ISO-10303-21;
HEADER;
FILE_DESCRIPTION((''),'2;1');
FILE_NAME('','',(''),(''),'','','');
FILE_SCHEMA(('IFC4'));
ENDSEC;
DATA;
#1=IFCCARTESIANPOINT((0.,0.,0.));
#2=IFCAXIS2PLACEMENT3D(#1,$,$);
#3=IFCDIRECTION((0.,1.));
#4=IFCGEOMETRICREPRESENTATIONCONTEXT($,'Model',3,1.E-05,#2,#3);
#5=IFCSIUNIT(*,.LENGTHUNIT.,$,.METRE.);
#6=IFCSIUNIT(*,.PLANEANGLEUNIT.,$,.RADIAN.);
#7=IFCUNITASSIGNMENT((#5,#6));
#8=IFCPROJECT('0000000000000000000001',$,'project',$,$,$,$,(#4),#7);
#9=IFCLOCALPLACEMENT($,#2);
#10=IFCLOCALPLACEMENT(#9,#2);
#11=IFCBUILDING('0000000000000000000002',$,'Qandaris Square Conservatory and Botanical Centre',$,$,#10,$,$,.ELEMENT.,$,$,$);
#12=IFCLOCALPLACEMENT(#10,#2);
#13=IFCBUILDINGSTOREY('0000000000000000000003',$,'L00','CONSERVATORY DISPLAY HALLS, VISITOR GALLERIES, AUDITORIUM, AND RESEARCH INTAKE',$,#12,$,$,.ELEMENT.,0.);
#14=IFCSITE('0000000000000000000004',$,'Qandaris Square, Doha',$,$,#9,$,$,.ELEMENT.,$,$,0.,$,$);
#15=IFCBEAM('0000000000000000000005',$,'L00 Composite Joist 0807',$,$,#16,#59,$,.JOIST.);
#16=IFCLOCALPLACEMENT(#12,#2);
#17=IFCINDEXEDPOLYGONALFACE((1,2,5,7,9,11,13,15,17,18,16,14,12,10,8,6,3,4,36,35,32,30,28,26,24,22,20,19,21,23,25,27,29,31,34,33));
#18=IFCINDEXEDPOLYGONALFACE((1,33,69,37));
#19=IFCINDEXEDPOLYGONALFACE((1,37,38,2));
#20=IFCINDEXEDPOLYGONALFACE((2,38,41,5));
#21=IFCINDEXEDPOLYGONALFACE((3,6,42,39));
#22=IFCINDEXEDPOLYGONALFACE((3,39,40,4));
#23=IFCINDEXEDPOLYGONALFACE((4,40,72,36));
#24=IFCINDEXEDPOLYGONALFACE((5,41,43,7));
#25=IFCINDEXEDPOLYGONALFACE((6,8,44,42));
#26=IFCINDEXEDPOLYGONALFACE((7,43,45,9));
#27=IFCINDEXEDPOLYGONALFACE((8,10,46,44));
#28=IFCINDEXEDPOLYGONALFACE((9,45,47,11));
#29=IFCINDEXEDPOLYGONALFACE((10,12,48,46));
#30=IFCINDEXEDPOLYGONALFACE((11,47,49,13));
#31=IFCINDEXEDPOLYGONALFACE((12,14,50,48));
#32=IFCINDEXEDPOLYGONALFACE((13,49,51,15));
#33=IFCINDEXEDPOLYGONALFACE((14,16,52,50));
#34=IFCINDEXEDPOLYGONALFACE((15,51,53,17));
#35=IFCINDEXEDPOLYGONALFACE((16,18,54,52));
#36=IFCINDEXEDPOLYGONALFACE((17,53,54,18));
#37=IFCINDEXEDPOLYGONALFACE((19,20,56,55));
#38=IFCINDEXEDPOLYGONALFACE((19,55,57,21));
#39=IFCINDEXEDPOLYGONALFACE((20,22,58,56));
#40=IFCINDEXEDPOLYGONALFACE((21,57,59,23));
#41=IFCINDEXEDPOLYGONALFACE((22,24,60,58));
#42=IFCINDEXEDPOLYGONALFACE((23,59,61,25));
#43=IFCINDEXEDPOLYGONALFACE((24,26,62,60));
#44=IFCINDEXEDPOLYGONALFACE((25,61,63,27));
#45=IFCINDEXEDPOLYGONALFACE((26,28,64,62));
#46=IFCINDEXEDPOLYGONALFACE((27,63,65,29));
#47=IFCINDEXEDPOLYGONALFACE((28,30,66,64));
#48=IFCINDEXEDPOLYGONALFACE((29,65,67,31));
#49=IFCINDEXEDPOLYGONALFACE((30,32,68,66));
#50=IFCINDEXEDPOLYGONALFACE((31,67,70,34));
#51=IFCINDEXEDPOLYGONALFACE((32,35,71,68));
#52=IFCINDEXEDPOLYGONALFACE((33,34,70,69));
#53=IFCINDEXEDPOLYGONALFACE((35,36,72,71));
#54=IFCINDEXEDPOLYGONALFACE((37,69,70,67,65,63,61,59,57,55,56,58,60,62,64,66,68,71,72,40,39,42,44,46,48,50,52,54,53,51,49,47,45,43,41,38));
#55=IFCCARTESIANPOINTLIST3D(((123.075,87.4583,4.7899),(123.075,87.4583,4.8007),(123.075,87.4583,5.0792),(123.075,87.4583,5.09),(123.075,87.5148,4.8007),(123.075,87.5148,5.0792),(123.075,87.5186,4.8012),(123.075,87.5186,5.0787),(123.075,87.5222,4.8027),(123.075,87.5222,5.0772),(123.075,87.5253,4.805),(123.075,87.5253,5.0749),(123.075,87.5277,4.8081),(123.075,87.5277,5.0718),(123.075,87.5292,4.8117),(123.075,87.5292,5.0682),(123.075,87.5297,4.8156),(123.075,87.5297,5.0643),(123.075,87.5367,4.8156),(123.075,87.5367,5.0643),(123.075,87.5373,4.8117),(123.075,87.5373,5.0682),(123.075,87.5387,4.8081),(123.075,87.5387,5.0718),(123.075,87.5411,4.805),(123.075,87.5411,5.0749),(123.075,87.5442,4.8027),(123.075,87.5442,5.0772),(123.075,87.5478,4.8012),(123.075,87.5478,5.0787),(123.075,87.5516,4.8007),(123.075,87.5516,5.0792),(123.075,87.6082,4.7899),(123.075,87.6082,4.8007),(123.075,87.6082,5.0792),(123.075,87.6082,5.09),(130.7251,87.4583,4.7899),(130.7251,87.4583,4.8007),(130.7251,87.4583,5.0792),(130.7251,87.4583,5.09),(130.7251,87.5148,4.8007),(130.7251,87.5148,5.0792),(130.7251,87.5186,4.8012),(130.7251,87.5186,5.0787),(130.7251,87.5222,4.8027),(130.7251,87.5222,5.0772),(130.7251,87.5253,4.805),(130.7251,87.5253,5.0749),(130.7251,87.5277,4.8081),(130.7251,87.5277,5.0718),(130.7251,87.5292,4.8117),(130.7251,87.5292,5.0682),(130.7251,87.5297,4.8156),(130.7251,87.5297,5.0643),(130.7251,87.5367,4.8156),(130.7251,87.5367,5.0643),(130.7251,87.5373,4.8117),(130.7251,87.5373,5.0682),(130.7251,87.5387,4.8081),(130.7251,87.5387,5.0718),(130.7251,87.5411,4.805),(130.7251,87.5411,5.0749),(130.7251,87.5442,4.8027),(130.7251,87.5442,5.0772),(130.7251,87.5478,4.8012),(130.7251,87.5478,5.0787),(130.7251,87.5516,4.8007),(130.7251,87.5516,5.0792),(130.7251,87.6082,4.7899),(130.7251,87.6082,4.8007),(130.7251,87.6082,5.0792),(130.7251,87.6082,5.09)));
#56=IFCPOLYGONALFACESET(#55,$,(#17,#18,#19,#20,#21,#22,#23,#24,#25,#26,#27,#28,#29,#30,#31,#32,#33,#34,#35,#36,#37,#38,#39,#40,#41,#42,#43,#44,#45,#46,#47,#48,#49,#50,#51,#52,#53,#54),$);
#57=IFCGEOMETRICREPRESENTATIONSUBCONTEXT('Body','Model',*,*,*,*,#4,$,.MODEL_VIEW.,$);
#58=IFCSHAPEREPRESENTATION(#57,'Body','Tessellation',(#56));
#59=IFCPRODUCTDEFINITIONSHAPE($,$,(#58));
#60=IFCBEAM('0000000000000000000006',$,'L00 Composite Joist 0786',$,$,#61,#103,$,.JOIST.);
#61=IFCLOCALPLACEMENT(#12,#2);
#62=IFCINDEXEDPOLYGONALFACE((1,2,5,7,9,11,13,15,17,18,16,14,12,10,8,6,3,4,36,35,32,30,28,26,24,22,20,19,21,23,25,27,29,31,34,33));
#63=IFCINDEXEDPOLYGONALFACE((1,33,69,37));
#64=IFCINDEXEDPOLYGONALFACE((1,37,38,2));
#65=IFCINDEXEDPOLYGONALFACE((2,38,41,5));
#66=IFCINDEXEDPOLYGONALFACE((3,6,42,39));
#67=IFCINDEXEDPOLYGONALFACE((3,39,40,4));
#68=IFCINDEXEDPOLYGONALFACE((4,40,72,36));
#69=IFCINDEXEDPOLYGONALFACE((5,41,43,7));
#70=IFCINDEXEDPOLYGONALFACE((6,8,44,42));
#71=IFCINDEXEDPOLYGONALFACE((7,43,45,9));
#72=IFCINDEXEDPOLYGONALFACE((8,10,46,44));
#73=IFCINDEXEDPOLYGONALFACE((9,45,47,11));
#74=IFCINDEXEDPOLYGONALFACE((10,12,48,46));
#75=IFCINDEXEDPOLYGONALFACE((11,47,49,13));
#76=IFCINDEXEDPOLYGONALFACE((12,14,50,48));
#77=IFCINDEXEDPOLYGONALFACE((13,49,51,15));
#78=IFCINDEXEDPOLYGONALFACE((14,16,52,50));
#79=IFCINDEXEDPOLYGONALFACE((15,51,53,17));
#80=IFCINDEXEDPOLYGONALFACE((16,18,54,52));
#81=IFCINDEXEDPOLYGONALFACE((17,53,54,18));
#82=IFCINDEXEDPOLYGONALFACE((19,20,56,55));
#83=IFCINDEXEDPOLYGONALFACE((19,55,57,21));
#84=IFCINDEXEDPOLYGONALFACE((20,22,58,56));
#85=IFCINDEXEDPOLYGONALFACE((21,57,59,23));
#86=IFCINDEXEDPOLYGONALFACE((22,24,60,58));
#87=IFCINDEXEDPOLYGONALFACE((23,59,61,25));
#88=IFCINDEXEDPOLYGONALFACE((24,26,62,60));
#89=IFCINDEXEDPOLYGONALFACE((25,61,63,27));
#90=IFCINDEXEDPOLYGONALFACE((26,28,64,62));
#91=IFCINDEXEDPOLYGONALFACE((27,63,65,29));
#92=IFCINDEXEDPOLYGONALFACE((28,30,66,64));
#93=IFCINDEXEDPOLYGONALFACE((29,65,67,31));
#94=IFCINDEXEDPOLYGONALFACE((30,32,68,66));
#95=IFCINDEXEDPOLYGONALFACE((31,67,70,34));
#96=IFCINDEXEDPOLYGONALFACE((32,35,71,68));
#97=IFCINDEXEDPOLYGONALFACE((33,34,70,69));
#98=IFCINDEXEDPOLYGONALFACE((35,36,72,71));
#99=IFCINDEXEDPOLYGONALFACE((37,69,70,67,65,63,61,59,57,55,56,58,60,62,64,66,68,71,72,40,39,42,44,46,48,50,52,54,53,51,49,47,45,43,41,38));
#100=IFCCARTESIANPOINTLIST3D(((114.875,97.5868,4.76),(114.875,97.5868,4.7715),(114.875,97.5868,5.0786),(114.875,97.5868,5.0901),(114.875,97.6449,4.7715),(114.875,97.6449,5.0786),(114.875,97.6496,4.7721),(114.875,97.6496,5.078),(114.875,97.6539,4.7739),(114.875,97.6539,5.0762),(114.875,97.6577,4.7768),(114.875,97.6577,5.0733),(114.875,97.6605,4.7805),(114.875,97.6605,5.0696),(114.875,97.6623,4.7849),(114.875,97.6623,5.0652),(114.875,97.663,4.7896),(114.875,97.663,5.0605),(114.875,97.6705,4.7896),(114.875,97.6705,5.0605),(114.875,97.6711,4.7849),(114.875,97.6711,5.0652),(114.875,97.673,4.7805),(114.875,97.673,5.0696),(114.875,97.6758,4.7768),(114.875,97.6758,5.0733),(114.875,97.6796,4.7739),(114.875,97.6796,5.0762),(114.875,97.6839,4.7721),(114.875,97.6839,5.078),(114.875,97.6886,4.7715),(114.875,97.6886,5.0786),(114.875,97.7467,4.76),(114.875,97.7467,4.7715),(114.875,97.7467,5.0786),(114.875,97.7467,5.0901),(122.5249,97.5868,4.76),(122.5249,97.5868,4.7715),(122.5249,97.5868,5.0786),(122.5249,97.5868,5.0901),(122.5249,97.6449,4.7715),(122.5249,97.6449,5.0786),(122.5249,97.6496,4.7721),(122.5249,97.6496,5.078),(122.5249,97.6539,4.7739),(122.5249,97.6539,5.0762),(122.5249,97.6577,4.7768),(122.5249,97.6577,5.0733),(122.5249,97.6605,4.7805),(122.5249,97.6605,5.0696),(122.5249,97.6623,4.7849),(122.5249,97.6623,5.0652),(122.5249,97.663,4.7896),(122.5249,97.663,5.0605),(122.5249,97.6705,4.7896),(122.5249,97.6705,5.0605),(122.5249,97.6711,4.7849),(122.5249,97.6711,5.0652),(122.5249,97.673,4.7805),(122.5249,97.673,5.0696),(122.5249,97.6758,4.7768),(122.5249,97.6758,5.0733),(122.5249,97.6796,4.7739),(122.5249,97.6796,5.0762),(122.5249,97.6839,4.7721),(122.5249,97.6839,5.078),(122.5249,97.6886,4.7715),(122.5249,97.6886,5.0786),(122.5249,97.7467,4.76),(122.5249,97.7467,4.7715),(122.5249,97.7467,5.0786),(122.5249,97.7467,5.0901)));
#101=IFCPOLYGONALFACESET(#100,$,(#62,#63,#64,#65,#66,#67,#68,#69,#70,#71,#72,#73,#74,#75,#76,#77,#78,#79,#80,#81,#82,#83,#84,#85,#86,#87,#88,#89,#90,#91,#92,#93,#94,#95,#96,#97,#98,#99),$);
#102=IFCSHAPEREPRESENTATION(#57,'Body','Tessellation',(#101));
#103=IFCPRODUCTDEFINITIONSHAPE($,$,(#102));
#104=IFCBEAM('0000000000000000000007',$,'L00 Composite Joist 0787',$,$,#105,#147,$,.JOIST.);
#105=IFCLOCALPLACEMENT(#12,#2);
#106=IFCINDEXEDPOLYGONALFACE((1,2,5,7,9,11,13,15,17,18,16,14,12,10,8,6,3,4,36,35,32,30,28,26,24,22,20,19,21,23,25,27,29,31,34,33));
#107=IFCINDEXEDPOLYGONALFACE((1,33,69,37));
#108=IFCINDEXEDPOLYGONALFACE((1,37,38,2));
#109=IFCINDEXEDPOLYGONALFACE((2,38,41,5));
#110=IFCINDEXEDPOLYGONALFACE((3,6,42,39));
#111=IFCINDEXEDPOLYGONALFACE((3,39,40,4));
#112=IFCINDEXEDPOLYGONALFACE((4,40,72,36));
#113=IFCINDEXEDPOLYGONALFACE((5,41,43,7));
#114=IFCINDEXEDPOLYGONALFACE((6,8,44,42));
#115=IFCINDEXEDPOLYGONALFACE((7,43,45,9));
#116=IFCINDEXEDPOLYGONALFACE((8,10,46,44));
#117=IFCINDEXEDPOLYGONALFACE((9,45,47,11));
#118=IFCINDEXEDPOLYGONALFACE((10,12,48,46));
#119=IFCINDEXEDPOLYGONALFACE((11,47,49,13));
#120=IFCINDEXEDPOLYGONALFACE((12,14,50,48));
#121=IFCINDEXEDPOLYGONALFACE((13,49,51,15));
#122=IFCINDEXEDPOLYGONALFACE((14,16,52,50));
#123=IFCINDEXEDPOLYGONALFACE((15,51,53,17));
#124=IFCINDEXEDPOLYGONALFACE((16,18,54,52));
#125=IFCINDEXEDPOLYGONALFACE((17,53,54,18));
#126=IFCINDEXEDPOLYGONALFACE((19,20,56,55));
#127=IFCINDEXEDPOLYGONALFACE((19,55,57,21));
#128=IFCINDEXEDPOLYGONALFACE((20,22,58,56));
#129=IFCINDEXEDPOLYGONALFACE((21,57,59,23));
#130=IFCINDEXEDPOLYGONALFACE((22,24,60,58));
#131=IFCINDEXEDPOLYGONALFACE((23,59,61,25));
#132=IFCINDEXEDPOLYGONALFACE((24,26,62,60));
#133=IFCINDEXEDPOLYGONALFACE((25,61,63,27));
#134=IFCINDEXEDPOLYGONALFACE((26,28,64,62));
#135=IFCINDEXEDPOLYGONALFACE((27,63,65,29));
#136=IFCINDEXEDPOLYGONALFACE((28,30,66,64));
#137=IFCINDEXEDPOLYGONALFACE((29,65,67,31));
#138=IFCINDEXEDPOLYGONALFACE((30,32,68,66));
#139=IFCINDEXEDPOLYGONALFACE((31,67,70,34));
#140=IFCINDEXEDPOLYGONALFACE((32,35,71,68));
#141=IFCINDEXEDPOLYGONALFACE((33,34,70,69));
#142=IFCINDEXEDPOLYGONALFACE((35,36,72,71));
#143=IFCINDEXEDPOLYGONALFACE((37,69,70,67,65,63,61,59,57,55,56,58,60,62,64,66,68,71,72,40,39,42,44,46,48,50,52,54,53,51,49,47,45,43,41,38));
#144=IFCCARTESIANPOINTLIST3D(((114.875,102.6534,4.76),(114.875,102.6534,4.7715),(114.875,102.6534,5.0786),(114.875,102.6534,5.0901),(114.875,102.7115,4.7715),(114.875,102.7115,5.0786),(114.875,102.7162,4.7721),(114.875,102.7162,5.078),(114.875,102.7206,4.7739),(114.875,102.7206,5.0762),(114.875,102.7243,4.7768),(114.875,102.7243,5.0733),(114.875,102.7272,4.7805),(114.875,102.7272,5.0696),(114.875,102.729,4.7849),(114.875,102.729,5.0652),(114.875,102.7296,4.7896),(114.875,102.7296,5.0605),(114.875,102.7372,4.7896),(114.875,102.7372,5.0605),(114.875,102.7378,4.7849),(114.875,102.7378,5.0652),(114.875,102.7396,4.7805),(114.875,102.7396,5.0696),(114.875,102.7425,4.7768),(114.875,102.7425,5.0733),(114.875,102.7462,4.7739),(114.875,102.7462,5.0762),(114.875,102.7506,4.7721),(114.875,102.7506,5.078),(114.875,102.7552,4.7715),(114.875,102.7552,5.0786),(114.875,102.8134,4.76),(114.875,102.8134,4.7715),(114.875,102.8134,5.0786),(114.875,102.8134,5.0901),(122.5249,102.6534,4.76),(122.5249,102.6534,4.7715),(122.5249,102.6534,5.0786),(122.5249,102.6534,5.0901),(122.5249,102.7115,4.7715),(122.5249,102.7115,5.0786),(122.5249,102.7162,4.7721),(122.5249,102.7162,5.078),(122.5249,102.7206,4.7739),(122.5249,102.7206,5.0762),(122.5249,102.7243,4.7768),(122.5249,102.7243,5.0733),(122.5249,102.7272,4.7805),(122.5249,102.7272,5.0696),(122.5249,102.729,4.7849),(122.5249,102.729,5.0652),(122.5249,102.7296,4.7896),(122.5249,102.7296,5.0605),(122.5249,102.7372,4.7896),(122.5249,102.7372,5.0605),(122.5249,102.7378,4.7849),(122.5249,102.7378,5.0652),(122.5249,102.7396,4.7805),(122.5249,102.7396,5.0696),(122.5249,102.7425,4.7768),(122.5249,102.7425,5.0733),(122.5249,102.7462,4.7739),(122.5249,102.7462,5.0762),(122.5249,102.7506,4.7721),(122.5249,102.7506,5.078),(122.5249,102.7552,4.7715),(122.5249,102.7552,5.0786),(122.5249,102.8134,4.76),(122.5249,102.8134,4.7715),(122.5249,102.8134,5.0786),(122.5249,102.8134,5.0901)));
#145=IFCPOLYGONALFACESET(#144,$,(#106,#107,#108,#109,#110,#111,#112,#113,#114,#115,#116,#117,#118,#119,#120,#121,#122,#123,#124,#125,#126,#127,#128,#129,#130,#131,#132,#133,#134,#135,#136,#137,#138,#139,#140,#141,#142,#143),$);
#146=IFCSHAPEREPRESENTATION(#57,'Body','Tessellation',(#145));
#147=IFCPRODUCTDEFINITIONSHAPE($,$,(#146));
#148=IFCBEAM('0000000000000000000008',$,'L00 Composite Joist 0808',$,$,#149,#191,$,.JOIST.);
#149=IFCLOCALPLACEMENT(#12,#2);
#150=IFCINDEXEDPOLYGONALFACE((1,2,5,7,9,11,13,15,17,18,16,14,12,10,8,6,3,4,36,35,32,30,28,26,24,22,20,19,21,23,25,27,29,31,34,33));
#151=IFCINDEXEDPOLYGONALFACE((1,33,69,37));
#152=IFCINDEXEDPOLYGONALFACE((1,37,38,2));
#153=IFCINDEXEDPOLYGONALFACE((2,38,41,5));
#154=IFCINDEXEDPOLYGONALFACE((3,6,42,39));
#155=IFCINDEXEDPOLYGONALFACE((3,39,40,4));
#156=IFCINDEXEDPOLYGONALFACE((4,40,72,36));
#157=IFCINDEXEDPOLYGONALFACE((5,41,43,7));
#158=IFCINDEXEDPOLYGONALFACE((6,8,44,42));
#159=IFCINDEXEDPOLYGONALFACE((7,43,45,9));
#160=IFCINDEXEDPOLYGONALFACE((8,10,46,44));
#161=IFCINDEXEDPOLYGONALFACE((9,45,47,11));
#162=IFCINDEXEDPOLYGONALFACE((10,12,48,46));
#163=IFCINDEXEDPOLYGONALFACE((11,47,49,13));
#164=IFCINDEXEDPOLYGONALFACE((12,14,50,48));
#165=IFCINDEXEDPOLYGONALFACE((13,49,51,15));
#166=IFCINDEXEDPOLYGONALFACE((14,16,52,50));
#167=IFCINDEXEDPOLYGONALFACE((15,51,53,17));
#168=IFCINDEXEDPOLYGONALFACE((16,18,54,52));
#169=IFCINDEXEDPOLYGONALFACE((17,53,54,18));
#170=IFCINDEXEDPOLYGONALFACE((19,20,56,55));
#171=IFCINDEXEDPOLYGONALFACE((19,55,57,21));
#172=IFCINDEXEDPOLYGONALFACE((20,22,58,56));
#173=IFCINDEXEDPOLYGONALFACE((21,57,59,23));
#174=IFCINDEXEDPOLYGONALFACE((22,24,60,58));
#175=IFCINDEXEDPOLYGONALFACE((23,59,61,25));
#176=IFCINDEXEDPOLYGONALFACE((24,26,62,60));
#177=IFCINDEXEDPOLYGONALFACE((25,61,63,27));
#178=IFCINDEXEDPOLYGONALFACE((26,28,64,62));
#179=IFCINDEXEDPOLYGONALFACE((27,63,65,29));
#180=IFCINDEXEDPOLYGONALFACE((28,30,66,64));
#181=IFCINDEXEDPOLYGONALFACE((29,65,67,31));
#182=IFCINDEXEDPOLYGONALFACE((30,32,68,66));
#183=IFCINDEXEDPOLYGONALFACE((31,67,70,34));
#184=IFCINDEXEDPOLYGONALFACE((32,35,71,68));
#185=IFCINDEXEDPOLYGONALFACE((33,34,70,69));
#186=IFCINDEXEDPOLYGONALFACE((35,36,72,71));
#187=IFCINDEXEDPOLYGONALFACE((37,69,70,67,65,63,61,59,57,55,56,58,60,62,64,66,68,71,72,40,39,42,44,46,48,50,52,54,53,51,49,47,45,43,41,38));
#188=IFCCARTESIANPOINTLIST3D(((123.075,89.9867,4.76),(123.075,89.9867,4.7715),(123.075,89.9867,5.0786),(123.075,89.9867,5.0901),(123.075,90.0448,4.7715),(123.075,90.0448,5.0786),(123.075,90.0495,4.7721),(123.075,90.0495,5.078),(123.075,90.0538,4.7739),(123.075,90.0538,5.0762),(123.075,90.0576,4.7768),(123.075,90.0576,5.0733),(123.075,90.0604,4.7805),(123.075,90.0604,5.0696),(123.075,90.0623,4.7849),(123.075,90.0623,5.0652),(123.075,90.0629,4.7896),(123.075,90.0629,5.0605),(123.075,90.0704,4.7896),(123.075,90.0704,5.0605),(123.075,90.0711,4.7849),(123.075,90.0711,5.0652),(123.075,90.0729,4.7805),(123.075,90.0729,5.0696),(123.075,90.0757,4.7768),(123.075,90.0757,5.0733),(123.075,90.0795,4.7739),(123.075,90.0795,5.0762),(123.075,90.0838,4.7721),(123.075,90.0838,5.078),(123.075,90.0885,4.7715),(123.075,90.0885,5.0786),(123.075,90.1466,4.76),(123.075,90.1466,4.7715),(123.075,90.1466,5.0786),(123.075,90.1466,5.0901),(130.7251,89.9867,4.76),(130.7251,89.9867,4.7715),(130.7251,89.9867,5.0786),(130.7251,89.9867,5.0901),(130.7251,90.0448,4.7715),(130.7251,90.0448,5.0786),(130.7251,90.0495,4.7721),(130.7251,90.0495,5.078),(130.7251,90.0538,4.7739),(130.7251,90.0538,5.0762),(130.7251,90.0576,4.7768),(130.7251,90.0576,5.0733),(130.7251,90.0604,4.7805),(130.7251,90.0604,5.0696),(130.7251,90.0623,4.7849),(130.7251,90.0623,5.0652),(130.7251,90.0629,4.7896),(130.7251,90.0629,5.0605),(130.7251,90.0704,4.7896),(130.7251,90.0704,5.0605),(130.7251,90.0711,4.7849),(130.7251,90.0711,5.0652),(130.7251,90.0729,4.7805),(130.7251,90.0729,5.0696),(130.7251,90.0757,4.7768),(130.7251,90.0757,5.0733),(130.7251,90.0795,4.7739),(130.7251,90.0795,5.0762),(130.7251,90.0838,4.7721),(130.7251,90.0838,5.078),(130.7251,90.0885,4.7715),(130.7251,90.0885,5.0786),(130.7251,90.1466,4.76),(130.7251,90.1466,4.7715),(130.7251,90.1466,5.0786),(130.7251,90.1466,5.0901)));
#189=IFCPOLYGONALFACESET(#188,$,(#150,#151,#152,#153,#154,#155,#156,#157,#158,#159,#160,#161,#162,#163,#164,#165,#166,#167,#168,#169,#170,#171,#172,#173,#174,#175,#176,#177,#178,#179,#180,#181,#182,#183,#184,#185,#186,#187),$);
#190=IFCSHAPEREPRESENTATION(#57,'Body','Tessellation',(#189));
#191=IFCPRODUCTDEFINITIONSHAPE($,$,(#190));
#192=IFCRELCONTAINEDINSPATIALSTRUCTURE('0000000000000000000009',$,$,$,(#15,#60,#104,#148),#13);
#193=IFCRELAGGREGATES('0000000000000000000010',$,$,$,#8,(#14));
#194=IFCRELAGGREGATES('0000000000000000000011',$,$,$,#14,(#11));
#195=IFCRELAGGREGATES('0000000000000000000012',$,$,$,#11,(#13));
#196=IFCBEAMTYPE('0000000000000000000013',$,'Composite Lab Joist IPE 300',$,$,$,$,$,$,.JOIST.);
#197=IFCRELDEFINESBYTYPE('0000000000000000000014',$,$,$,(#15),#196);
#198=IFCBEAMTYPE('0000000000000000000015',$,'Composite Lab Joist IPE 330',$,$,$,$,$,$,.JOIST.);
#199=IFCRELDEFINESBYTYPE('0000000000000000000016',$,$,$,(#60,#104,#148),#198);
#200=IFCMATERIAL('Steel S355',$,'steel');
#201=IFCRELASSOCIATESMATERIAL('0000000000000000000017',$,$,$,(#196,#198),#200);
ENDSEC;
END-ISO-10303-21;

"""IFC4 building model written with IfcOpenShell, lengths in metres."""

from ifc_helpers import new_model, si_unit, direction, frame, origin, origin_2d, place, context, subcontext, project, spatial, i_section, extrude, material, material_profile, profile_set, type_object, element, save


model = new_model("IFC4")

# Units and contexts
model_context = context("Model", 3, precision=1e-05, world=origin(), true_north=direction((0.0, 1.0)))
body_context = subcontext(model_context, "Body", "Model", "MODEL_VIEW")
ifc_project = project(units=[si_unit("LENGTHUNIT", "METRE"), si_unit("PLANEANGLEUNIT", "RADIAN")], contexts=[model_context])

# Site, building, storey
site_placement = place(None, origin())
site = spatial("IfcSite", under=ifc_project, at=site_placement, Name="Qandaris Square, Doha", CompositionType="ELEMENT", RefElevation=0.0)
building_placement = place(site_placement, origin())
building = spatial("IfcBuilding", under=site, at=building_placement, Name="Qandaris Square Conservatory and Botanical Centre", CompositionType="ELEMENT")
storey_placement = place(building_placement, origin())
storey = spatial("IfcBuildingStorey", under=building, at=storey_placement, Name="L00", Description="CONSERVATORY DISPLAY HALLS, VISITOR GALLERIES, AUDITORIUM, AND RESEARCH INTAKE", CompositionType="ELEMENT", Elevation=0.0)

# Beams
ifc_material_1 = material(Name="Steel S355", Category="steel")
ifc_material_profile_1 = material_profile(ifc_material_1, i_section(OverallWidth=0.1499, OverallDepth=0.3, WebThickness=0.0071, FlangeThickness=0.0107, FilletRadius=0.0149, at=origin_2d()), Name="IPE 300")
ifc_profile_set_1 = profile_set([ifc_material_profile_1], Name="Steel S355")
beam_type_1 = type_object("IfcBeamType", Name="Composite Lab Joist IPE 300", PredefinedType="JOIST", material=ifc_profile_set_1)
for number, where, z_axis, x_axis, name in (
    (1, (123.075, 87.5332, 4.9399), (1.0, 0.0, 0.0), (0.0, 1.0, 0.0), "L00 Composite Joist 0807"),
):
    element("IfcBeam", number, at=place(storey_placement, frame(where, z_axis=z_axis, x_axis=x_axis)), inside=storey, type_object=beam_type_1, Name=name, PredefinedType="JOIST", context=body_context, shape_type="SweptSolid", body=[
        extrude(i_section(OverallWidth=0.1499, OverallDepth=0.3, WebThickness=0.0071, FlangeThickness=0.0107, FilletRadius=0.0149, at=origin_2d()), origin(), (0.0, 0.0, 1.0), 7.6501),
    ])
ifc_material_profile_2 = material_profile(ifc_material_1, i_section(OverallWidth=0.1599, OverallDepth=0.3301, WebThickness=0.0076, FlangeThickness=0.0115, FilletRadius=0.0181, at=origin_2d()), Name="IPE 330")
ifc_profile_set_2 = profile_set([ifc_material_profile_2], Name="Steel S355")
beam_type_2 = type_object("IfcBeamType", Name="Composite Lab Joist IPE 330", PredefinedType="JOIST", material=ifc_profile_set_2)
for number, where, z_axis, x_axis, name in (
    (2, (114.875, 97.6667, 4.925), (1.0, 0.0, 0.0), (0.0, 1.0, 0.0), "L00 Composite Joist 0786"),
    (3, (114.875, 102.7334, 4.925), (1.0, 0.0, 0.0), (0.0, 1.0, 0.0), "L00 Composite Joist 0787"),
):
    element("IfcBeam", number, at=place(storey_placement, frame(where, z_axis=z_axis, x_axis=x_axis)), inside=storey, type_object=beam_type_2, Name=name, PredefinedType="JOIST", context=body_context, shape_type="SweptSolid", body=[
        extrude(i_section(OverallWidth=0.1599, OverallDepth=0.3301, WebThickness=0.0076, FlangeThickness=0.0115, FilletRadius=0.0181, at=origin_2d()), origin(), (0.0, 0.0, 1.0), 7.6499),
    ])
for number, where, z_axis, x_axis, name in (
    (4, (123.075, 90.0667, 4.925), (1.0, 0.0, 0.0), (0.0, 1.0, 0.0), "L00 Composite Joist 0808"),
):
    element("IfcBeam", number, at=place(storey_placement, frame(where, z_axis=z_axis, x_axis=x_axis)), inside=storey, type_object=beam_type_2, Name=name, PredefinedType="JOIST", context=body_context, shape_type="SweptSolid", body=[
        extrude(i_section(OverallWidth=0.1599, OverallDepth=0.3301, WebThickness=0.0076, FlangeThickness=0.0115, FilletRadius=0.0181, at=origin_2d()), origin(), (0.0, 0.0, 1.0), 7.6501),
    ])

save(model, "model.ifc")
